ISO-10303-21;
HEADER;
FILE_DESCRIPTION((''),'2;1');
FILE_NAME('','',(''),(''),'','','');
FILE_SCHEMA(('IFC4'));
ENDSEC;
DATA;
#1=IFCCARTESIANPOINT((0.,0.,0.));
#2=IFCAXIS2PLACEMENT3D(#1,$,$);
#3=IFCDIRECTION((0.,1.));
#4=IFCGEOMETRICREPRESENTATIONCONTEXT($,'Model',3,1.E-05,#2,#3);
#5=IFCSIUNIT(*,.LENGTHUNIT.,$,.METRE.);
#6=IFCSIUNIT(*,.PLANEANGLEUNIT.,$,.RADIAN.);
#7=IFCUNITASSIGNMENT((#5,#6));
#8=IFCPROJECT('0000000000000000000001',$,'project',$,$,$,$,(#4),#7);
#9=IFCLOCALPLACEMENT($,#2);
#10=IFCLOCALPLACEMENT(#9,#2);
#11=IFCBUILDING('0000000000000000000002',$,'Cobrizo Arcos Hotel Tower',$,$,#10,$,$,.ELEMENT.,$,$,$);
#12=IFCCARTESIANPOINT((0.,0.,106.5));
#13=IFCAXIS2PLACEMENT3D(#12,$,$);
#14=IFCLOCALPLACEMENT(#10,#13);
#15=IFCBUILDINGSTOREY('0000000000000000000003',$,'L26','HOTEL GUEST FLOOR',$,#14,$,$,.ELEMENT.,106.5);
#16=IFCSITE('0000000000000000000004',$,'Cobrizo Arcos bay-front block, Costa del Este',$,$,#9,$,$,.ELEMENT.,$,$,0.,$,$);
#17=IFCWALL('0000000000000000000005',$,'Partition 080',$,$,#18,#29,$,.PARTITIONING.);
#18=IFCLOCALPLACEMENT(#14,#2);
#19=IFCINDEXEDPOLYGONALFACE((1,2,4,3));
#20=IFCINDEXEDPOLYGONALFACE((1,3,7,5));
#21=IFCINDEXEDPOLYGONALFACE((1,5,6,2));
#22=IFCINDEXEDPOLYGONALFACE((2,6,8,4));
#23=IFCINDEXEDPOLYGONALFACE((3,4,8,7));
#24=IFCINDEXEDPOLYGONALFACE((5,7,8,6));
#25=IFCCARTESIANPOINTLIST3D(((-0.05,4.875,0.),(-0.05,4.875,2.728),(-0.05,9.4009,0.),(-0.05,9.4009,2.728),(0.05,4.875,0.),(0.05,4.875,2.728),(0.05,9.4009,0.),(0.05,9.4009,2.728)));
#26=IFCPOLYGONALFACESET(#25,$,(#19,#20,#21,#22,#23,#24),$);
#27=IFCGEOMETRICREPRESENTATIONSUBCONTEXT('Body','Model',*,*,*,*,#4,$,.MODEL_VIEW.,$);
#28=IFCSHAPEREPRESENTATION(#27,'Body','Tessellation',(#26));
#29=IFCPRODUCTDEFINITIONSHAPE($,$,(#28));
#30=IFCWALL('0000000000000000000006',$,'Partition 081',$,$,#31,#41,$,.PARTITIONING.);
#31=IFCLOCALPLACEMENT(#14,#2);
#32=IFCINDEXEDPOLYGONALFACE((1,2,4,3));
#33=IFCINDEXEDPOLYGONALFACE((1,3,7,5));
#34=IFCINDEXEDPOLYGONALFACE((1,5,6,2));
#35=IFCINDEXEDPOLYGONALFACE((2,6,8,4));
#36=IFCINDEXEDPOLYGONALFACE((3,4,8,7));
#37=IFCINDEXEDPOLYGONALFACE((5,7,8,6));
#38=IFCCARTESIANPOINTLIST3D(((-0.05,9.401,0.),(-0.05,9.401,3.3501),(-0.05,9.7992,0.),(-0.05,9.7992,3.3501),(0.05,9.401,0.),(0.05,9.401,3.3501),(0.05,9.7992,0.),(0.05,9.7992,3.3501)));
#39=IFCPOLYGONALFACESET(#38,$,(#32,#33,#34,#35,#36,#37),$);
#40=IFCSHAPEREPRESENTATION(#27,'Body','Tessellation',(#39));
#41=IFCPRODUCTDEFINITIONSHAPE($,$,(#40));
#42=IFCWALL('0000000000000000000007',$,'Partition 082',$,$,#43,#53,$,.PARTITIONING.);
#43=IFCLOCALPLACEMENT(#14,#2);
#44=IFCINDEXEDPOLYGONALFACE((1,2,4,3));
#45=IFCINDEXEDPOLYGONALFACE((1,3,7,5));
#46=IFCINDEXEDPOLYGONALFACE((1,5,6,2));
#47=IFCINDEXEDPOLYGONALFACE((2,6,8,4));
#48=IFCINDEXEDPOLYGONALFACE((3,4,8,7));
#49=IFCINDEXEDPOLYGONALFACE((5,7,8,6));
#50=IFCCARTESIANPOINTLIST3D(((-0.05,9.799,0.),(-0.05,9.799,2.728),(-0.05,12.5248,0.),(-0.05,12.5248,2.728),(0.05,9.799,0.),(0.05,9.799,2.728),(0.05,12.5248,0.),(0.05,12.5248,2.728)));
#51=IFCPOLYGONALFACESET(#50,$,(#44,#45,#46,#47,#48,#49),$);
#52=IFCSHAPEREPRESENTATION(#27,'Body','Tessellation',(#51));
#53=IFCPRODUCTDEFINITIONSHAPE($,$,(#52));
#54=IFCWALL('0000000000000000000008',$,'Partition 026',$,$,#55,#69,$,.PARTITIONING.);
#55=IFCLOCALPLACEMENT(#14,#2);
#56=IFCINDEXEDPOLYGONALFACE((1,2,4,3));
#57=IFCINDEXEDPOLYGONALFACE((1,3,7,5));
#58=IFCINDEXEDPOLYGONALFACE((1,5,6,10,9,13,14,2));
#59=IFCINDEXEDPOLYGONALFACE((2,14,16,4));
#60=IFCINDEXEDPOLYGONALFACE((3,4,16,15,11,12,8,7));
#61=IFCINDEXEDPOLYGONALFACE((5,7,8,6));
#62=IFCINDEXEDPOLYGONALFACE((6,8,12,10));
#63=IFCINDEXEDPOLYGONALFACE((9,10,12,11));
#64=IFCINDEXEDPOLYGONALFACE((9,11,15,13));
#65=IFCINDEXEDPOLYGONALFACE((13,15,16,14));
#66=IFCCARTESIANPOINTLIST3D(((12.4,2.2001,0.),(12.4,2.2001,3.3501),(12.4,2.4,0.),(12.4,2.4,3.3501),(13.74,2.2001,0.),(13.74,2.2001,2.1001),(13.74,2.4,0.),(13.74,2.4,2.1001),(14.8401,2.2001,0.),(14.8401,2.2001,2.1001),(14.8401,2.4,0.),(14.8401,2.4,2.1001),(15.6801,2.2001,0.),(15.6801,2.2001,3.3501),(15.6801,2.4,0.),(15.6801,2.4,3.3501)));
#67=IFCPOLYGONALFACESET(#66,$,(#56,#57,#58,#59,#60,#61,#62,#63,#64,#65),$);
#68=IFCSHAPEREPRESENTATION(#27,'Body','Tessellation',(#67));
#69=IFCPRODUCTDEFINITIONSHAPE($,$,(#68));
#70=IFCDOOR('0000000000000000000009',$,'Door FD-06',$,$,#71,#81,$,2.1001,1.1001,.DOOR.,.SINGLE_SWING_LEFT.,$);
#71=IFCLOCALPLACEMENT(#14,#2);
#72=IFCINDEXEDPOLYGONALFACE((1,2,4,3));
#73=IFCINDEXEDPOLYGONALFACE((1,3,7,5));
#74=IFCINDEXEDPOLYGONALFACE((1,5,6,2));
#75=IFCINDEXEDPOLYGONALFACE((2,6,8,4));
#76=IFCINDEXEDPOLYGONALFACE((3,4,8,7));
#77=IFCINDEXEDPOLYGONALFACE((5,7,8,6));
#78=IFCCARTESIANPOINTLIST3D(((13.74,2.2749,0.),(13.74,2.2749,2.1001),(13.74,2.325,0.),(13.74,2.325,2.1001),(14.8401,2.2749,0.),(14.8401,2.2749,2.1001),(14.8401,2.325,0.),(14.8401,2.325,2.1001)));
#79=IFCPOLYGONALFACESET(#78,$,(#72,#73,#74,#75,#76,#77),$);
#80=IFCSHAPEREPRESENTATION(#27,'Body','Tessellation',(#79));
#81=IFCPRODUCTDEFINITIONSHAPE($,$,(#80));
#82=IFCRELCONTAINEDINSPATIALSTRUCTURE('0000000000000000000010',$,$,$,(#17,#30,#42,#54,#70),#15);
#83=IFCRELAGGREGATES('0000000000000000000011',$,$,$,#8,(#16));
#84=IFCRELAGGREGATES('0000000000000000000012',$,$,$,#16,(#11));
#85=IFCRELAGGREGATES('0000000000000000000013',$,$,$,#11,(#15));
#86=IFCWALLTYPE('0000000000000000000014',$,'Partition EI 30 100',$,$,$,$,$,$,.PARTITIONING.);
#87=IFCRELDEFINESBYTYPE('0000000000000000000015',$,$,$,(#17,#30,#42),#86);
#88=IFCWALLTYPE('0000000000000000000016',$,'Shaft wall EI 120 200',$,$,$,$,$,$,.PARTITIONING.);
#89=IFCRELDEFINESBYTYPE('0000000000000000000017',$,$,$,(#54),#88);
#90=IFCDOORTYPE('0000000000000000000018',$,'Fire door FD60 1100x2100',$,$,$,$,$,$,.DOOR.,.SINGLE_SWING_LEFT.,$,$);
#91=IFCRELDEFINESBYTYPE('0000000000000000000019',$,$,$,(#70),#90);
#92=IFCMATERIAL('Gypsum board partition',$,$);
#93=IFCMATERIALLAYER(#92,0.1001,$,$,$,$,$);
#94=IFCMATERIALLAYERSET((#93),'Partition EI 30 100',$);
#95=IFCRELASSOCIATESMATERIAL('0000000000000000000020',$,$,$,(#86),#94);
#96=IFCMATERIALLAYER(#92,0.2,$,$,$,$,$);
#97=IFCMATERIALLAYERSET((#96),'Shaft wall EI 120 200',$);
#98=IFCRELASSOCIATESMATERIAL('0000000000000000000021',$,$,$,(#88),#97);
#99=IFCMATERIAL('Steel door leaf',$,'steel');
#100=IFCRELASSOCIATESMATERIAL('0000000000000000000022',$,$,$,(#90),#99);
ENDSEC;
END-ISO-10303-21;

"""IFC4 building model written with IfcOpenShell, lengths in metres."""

from ifc_helpers import new_model, si_unit, direction, frame, frame_2d, origin, place, context, subcontext, project, spatial, rectangle, extrude, material, layer, layer_set, type_object, element, fill, save


model = new_model("IFC4")

# Units and contexts
model_context = context("Model", 3, precision=1e-05, world=origin(), true_north=direction((0.0, 1.0)))
body_context = subcontext(model_context, "Body", "Model", "MODEL_VIEW")
ifc_project = project(units=[si_unit("LENGTHUNIT", "METRE"), si_unit("PLANEANGLEUNIT", "RADIAN")], contexts=[model_context])

# Site, building, storey
site_placement = place(None, origin())
site = spatial("IfcSite", under=ifc_project, at=site_placement, Name="Cobrizo Arcos bay-front block, Costa del Este", CompositionType="ELEMENT", RefElevation=0.0)
building_placement = place(site_placement, origin())
building = spatial("IfcBuilding", under=site, at=building_placement, Name="Cobrizo Arcos Hotel Tower", CompositionType="ELEMENT")
storey_placement = place(building_placement, frame((0.0, 0.0, 106.5)))
storey = spatial("IfcBuildingStorey", under=building, at=storey_placement, Name="L26", Description="HOTEL GUEST FLOOR", CompositionType="ELEMENT", Elevation=106.5)

# Shared definitions
ifc_material_1 = material(Name="Gypsum board partition")

# Walls
ifc_layer_1 = layer(ifc_material_1, 0.1001)
ifc_layer_set_1 = layer_set([ifc_layer_1], Name="Partition EI 30 100")
wall_type_1 = type_object("IfcWallType", Name="Partition EI 30 100", PredefinedType="PARTITIONING", material=ifc_layer_set_1)
wall_1_placement = place(storey_placement, frame((0.0, 4.875, 0.0), z_axis=(0.0, 0.0, 1.0), x_axis=(0.0, 1.0, 0.0)))
element("IfcWall", 1, at=wall_1_placement, inside=storey, type_object=wall_type_1, Name="Partition 080", PredefinedType="PARTITIONING", context=body_context, shape_type="SweptSolid", body=[
    extrude(rectangle(XDim=4.5259, YDim=0.1001, at=frame_2d((2.2629, 0.0))), origin(), (0.0, 0.0, 1.0), 2.728),
])
wall_2_placement = place(storey_placement, frame((0.0, 9.4009, 0.0), z_axis=(0.0, 0.0, 1.0), x_axis=(0.0, 1.0, 0.0)))
element("IfcWall", 2, at=wall_2_placement, inside=storey, type_object=wall_type_1, Name="Partition 081", PredefinedType="PARTITIONING", context=body_context, shape_type="SweptSolid", body=[
    extrude(rectangle(XDim=0.3982, YDim=0.1001, at=frame_2d((0.1992, 0.0))), origin(), (0.0, 0.0, 1.0), 3.3501),
])
wall_3_placement = place(storey_placement, frame((0.0, 9.7991, 0.0), z_axis=(0.0, 0.0, 1.0), x_axis=(0.0, 1.0, 0.0)))
element("IfcWall", 3, at=wall_3_placement, inside=storey, type_object=wall_type_1, Name="Partition 082", PredefinedType="PARTITIONING", context=body_context, shape_type="SweptSolid", body=[
    extrude(rectangle(XDim=2.7258, YDim=0.1001, at=frame_2d((1.3628, 0.0))), origin(), (0.0, 0.0, 1.0), 2.728),
])

# Wall, opening, door
ifc_layer_2 = layer(ifc_material_1, 0.2)
ifc_layer_set_2 = layer_set([ifc_layer_2], Name="Shaft wall EI 120 200")
wall_type_2 = type_object("IfcWallType", Name="Shaft wall EI 120 200", PredefinedType="PARTITIONING", material=ifc_layer_set_2)
wall_4_placement = place(storey_placement, frame((12.3999, 2.3, 0.0), z_axis=(0.0, 0.0, 1.0), x_axis=(1.0, 0.0, 0.0)))
wall_4 = element("IfcWall", 4, at=wall_4_placement, inside=storey, type_object=wall_type_2, Name="Partition 026", PredefinedType="PARTITIONING", context=body_context, shape_type="SweptSolid", body=[
    extrude(rectangle(XDim=3.28, YDim=0.2, at=frame_2d((1.6401, 0.0))), origin(), (0.0, 0.0, 1.0), 3.3501),
])
opening_1_placement = place(wall_4_placement, frame((1.3401, 0.0, 0.0)))
opening_1 = element("IfcOpeningElement", 5, at=opening_1_placement, cuts=wall_4, PredefinedType="OPENING", context=body_context, shape_type="SweptSolid", body=[
    extrude(rectangle(XDim=1.1001, YDim=2.1001, at=frame_2d((0.55, 1.05))), frame((0.0, 0.1121, 0.0), z_axis=(0.0, -1.0, 0.0), x_axis=(1.0, 0.0, 0.0)), (0.0, 0.0, 1.0), 0.2239),
])
ifc_material_2 = material(Name="Steel door leaf", Category="steel")
door_type_1 = type_object("IfcDoorType", Name="Fire door FD60 1100x2100", OperationType="SINGLE_SWING_LEFT", PredefinedType="DOOR", material=ifc_material_2)
door_1_placement = place(opening_1_placement, origin())
door_1 = element("IfcDoor", 6, at=door_1_placement, inside=storey, type_object=door_type_1, Name="Door FD-06", OperationType="SINGLE_SWING_LEFT", OverallHeight=2.1001, OverallWidth=1.1001, PredefinedType="DOOR", context=body_context, shape_type="SweptSolid", body=[
    extrude(rectangle(XDim=1.1001, YDim=2.1001, at=frame_2d((0.55, 1.05))), frame((0.0, 0.0249, 0.0), z_axis=(0.0, -1.0, 0.0), x_axis=(1.0, 0.0, 0.0)), (0.0, 0.0, 1.0), 0.05),
])
fill(opening_1, door_1)

save(model, "model.ifc")
